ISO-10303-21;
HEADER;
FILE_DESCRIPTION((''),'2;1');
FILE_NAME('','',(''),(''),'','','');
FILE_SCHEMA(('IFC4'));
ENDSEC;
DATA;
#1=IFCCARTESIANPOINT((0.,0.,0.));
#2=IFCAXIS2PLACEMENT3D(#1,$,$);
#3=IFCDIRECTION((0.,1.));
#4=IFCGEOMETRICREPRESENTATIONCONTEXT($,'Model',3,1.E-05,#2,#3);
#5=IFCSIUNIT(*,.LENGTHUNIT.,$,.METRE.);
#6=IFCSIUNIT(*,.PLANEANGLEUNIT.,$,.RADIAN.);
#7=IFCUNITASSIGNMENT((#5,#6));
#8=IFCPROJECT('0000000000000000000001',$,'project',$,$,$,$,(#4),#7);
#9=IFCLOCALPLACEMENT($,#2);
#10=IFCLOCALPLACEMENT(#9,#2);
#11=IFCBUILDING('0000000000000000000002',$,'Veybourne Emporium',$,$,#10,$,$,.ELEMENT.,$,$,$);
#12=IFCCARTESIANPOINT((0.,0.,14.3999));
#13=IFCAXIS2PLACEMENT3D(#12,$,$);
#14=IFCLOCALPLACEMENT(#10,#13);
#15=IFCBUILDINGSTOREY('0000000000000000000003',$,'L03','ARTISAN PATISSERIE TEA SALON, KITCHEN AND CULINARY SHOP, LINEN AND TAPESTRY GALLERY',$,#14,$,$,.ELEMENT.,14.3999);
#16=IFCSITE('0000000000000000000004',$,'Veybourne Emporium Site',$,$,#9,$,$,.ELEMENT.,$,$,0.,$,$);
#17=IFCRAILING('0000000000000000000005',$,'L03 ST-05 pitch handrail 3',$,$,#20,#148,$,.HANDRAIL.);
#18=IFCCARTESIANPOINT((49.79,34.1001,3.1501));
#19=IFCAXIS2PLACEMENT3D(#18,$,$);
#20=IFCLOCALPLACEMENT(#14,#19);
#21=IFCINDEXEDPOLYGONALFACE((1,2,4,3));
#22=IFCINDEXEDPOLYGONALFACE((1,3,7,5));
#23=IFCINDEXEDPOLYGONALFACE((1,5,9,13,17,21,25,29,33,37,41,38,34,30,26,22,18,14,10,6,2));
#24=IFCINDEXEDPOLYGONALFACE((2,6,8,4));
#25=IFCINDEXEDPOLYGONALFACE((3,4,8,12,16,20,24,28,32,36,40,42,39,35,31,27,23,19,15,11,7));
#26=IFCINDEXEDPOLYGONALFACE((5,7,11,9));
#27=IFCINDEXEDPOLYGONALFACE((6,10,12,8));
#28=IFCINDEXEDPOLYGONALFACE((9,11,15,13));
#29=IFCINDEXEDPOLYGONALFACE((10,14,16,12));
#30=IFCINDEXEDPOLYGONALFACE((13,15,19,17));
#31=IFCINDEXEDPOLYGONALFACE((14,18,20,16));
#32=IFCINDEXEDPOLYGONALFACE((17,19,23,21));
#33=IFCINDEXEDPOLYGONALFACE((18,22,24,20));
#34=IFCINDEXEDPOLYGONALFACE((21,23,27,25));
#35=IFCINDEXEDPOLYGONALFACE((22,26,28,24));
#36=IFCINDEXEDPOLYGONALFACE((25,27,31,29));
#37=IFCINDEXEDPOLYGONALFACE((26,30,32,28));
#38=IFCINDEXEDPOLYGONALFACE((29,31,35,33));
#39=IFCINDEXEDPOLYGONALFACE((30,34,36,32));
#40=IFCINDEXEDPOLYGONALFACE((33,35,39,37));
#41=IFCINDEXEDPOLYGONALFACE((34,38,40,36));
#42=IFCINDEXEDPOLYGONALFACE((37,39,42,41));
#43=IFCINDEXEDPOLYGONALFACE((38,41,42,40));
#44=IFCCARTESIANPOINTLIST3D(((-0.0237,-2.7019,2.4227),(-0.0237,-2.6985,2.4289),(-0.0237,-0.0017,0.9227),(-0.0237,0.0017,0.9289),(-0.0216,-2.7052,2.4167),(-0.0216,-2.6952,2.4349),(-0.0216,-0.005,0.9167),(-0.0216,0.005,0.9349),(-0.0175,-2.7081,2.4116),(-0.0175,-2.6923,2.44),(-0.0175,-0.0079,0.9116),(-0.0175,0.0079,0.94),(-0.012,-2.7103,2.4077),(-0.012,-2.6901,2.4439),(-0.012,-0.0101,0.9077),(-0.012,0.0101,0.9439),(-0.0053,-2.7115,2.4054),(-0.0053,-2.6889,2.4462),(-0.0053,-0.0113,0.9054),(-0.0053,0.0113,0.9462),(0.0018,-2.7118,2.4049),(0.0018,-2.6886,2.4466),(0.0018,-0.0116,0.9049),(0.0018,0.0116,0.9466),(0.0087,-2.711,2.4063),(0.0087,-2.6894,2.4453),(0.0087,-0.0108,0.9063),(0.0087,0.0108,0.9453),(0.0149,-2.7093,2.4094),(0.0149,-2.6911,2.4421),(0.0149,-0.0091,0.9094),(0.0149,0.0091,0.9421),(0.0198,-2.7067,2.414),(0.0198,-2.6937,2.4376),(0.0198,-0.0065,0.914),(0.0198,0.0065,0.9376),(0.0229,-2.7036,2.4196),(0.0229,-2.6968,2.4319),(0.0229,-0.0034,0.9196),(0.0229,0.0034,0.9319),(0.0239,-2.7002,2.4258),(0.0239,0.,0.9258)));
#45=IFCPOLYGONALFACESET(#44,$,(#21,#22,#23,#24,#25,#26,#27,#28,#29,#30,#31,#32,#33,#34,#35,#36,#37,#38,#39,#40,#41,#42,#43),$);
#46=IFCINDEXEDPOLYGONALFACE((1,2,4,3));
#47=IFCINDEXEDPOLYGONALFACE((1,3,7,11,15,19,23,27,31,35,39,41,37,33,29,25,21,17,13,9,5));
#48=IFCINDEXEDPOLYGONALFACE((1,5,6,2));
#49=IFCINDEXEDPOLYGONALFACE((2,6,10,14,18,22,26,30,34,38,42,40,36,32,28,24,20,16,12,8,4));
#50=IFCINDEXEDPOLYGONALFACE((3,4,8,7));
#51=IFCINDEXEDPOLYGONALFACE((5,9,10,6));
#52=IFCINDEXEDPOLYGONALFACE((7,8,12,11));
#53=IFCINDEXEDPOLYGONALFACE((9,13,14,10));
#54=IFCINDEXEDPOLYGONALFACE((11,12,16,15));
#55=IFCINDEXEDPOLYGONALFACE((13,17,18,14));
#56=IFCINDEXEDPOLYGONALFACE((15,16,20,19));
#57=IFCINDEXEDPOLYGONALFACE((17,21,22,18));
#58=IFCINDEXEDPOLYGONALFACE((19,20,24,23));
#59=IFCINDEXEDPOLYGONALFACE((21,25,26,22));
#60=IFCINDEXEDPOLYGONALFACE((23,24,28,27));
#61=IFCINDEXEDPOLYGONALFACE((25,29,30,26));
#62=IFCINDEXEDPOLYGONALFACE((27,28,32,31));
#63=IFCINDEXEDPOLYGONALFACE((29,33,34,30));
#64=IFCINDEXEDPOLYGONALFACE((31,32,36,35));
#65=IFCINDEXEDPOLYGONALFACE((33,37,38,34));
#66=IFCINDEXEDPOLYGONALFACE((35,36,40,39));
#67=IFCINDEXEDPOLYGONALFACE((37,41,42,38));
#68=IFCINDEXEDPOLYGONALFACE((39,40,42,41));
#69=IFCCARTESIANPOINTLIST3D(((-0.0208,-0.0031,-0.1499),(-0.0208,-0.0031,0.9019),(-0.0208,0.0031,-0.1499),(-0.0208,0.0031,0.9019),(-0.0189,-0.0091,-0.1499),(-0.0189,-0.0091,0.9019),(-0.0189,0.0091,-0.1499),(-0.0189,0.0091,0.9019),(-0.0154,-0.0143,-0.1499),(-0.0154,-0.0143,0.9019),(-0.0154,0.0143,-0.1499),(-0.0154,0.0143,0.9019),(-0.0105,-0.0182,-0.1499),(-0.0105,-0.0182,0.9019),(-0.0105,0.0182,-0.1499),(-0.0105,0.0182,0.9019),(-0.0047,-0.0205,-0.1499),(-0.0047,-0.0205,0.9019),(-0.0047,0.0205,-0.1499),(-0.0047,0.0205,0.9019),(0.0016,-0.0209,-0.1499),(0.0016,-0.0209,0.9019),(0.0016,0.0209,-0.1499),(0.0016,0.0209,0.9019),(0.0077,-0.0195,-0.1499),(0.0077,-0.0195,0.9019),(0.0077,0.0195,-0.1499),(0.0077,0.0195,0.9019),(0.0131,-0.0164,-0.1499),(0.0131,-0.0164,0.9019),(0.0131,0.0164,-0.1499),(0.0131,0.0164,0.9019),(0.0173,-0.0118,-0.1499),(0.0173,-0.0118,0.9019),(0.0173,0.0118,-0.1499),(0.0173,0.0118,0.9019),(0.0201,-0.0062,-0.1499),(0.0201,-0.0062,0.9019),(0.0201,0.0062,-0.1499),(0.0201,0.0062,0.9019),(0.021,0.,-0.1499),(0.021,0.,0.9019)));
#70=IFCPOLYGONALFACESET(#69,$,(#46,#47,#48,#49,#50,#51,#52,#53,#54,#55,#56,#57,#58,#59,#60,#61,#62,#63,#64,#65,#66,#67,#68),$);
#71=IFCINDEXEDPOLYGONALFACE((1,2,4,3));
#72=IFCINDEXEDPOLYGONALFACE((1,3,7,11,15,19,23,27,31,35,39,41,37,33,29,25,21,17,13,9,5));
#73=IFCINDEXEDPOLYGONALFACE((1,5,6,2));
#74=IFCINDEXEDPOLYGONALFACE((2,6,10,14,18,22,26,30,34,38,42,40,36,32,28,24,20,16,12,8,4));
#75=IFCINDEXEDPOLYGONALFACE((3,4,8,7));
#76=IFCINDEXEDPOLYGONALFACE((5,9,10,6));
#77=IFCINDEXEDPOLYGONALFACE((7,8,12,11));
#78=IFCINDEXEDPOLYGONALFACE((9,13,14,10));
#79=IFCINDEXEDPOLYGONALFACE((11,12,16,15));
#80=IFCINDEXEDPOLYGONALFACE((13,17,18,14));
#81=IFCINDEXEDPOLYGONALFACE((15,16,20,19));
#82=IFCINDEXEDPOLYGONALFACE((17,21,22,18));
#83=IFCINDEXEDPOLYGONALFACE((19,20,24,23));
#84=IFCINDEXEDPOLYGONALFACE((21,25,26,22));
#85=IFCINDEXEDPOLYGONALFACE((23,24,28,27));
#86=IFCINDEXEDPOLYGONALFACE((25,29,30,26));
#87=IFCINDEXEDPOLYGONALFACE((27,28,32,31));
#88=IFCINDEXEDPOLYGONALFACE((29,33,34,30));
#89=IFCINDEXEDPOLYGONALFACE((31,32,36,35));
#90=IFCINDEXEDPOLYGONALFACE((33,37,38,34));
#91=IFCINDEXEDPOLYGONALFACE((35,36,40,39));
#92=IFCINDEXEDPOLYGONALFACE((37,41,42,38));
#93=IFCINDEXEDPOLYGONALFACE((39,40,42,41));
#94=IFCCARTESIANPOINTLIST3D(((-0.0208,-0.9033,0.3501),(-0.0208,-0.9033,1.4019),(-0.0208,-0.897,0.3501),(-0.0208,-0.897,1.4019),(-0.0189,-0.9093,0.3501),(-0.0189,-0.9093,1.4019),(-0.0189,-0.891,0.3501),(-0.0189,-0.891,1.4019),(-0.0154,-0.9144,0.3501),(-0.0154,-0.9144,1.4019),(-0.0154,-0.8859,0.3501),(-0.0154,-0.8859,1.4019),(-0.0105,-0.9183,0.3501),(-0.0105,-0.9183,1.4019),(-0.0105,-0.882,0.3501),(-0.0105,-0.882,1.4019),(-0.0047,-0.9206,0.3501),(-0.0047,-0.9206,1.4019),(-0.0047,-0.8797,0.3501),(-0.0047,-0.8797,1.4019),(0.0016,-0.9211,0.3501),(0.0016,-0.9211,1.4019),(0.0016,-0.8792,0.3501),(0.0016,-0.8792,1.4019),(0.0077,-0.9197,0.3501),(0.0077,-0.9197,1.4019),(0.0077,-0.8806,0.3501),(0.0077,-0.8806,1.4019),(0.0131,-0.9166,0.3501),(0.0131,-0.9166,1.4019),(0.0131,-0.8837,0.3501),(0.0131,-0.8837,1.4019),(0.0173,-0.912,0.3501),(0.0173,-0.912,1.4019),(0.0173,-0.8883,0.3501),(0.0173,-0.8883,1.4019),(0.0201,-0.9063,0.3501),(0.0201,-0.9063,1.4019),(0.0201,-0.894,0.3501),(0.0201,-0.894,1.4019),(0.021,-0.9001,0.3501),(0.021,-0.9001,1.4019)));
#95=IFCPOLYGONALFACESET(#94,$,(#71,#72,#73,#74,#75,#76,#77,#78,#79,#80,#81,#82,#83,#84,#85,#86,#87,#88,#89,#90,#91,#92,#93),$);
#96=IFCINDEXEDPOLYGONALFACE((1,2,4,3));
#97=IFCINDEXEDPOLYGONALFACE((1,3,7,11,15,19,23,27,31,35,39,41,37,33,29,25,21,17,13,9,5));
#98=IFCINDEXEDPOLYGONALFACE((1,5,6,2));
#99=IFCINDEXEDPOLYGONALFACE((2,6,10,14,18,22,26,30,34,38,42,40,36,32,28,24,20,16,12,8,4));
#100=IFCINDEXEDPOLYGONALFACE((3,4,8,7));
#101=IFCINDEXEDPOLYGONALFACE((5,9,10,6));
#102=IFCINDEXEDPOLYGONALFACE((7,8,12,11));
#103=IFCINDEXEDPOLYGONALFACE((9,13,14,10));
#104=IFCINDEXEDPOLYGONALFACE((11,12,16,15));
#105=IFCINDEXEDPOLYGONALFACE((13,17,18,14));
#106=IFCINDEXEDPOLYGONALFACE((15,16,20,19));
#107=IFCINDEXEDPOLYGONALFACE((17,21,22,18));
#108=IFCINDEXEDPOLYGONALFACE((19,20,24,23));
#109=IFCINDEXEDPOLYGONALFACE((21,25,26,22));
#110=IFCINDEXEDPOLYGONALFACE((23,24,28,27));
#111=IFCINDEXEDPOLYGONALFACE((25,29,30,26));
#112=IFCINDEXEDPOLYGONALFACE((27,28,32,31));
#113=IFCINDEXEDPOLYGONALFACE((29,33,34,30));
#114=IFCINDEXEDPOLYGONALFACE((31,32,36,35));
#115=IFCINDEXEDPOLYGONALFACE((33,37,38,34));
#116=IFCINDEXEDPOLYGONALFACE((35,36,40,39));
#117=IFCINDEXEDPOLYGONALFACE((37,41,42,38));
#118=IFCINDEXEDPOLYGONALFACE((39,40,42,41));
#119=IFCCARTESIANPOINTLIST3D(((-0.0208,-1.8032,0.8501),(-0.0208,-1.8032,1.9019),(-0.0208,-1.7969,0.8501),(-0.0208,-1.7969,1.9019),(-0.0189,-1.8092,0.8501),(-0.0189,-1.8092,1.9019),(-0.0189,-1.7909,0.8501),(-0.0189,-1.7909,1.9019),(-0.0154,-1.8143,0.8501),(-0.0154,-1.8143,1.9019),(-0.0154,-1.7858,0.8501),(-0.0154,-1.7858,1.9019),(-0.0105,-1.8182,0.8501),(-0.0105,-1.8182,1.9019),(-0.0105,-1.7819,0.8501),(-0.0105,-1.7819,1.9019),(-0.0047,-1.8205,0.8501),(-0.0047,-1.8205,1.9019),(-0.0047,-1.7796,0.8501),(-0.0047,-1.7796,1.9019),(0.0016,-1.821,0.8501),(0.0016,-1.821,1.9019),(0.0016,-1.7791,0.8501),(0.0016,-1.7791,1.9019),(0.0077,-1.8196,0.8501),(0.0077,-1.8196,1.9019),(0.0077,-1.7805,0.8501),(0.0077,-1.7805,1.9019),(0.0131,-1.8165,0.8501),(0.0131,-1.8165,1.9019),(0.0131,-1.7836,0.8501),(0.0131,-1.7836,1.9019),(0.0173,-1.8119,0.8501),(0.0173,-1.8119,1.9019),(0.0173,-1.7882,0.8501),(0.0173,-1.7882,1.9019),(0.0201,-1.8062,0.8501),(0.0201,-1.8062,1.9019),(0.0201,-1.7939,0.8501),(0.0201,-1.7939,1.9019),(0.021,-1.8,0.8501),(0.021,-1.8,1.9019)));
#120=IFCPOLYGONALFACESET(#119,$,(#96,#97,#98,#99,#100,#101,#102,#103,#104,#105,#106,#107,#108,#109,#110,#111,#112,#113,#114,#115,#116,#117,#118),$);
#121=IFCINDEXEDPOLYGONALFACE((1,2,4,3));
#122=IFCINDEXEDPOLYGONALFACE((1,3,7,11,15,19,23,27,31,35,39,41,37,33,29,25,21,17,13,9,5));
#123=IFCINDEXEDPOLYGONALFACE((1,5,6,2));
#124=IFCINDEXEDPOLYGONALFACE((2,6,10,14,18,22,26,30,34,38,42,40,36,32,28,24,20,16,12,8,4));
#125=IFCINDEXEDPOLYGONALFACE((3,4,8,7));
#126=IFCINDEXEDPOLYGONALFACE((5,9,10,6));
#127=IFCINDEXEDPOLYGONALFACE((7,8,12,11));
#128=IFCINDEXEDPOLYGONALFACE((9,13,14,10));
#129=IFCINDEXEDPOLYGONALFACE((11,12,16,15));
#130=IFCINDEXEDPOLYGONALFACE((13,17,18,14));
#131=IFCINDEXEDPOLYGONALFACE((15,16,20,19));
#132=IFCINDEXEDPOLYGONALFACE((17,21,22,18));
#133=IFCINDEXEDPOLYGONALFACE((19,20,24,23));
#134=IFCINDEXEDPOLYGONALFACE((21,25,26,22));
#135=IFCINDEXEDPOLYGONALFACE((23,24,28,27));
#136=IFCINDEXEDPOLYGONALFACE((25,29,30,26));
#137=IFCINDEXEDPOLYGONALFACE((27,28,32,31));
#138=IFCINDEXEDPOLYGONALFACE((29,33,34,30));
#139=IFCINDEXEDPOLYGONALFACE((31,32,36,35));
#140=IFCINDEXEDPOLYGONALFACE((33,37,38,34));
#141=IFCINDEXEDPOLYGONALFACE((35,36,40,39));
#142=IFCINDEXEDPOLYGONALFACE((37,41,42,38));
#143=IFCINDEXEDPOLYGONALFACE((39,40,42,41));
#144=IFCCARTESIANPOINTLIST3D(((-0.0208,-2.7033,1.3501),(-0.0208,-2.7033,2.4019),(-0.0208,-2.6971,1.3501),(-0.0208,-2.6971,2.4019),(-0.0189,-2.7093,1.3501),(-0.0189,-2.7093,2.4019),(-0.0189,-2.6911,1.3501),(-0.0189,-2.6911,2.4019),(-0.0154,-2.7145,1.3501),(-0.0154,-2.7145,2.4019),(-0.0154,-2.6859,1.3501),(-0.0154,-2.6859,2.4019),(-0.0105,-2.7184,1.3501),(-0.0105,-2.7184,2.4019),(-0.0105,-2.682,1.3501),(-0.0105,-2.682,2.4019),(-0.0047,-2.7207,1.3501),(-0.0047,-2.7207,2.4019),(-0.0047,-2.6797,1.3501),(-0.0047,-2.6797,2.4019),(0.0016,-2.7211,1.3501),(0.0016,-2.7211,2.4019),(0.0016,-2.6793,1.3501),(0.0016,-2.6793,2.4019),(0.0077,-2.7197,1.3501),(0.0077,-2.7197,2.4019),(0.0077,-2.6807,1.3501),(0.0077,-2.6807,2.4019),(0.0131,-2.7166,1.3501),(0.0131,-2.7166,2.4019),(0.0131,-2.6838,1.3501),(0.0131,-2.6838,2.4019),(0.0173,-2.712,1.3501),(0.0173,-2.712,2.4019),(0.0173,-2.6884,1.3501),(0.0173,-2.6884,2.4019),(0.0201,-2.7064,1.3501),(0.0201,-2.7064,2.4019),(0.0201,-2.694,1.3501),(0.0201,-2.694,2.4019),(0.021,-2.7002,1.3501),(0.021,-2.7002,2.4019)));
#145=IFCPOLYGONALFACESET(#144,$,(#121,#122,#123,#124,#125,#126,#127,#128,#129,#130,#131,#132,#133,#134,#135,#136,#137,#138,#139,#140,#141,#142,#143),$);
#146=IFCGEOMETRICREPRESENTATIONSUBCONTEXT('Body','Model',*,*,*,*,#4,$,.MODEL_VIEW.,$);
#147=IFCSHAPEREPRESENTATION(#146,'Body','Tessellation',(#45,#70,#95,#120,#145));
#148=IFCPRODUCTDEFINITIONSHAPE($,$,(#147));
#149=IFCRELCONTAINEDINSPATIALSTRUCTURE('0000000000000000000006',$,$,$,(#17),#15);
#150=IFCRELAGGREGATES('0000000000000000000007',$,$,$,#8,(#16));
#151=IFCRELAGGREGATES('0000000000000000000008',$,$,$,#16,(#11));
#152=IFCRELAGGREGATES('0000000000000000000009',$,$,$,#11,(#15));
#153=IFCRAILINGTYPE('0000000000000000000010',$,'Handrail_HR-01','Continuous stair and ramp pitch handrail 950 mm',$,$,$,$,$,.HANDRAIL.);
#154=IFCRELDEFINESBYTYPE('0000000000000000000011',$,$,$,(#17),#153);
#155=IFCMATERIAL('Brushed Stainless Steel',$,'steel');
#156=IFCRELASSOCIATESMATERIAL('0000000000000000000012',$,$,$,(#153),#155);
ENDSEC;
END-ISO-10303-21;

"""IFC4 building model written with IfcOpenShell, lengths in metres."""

from ifc_helpers import new_model, si_unit, direction, frame, origin, origin_2d, place, context, subcontext, project, spatial, circle, extrude, material, type_object, element, save


model = new_model("IFC4")

# Units and contexts
model_context = context("Model", 3, precision=1e-05, world=origin(), true_north=direction((0.0, 1.0)))
body_context = subcontext(model_context, "Body", "Model", "MODEL_VIEW")
ifc_project = project(units=[si_unit("LENGTHUNIT", "METRE"), si_unit("PLANEANGLEUNIT", "RADIAN")], contexts=[model_context])

# Site, building, storey
site_placement = place(None, origin())
site = spatial("IfcSite", under=ifc_project, at=site_placement, Name="Veybourne Emporium Site", CompositionType="ELEMENT", RefElevation=0.0)
building_placement = place(site_placement, origin())
building = spatial("IfcBuilding", under=site, at=building_placement, Name="Veybourne Emporium", CompositionType="ELEMENT")
storey_placement = place(building_placement, frame((0.0, 0.0, 14.3999)))
storey = spatial("IfcBuildingStorey", under=building, at=storey_placement, Name="L03", Description="ARTISAN PATISSERIE TEA SALON, KITCHEN AND CULINARY SHOP, LINEN AND TAPESTRY GALLERY", CompositionType="ELEMENT", Elevation=14.3999)

# Railing
ifc_material_1 = material(Name="Brushed Stainless Steel", Category="steel")
railing_type_1 = type_object("IfcRailingType", Name="Handrail_HR-01", Description="Continuous stair and ramp pitch handrail 950 mm", PredefinedType="HANDRAIL", material=ifc_material_1)
railing_1_placement = place(storey_placement, frame((49.79, 34.1001, 3.1501)))
element("IfcRailing", 1, at=railing_1_placement, inside=storey, type_object=railing_type_1, Name="L03 ST-05 pitch handrail 3", PredefinedType="HANDRAIL", context=body_context, shape_type="SweptSolid", body=[
    extrude(circle(Radius=0.0239, at=origin_2d()), frame((0.0, 0.0, 0.9258), z_axis=(0.0, -0.874172, 0.485616), x_axis=(1.0, 0.0, 0.0)), (0.0, 0.0, 1.0), 3.0889),
    extrude(circle(Radius=0.021, at=origin_2d()), frame((0.0, 0.0, -0.1499)), (0.0, 0.0, 1.0), 1.0518),
    extrude(circle(Radius=0.021, at=origin_2d()), frame((0.0, -0.9001, 0.3501)), (0.0, 0.0, 1.0), 1.0518),
    extrude(circle(Radius=0.021, at=origin_2d()), frame((0.0, -1.8, 0.8501)), (0.0, 0.0, 1.0), 1.0518),
    extrude(circle(Radius=0.021, at=origin_2d()), frame((0.0, -2.7002, 1.3501)), (0.0, 0.0, 1.0), 1.0518),
])

save(model, "model.ifc")
